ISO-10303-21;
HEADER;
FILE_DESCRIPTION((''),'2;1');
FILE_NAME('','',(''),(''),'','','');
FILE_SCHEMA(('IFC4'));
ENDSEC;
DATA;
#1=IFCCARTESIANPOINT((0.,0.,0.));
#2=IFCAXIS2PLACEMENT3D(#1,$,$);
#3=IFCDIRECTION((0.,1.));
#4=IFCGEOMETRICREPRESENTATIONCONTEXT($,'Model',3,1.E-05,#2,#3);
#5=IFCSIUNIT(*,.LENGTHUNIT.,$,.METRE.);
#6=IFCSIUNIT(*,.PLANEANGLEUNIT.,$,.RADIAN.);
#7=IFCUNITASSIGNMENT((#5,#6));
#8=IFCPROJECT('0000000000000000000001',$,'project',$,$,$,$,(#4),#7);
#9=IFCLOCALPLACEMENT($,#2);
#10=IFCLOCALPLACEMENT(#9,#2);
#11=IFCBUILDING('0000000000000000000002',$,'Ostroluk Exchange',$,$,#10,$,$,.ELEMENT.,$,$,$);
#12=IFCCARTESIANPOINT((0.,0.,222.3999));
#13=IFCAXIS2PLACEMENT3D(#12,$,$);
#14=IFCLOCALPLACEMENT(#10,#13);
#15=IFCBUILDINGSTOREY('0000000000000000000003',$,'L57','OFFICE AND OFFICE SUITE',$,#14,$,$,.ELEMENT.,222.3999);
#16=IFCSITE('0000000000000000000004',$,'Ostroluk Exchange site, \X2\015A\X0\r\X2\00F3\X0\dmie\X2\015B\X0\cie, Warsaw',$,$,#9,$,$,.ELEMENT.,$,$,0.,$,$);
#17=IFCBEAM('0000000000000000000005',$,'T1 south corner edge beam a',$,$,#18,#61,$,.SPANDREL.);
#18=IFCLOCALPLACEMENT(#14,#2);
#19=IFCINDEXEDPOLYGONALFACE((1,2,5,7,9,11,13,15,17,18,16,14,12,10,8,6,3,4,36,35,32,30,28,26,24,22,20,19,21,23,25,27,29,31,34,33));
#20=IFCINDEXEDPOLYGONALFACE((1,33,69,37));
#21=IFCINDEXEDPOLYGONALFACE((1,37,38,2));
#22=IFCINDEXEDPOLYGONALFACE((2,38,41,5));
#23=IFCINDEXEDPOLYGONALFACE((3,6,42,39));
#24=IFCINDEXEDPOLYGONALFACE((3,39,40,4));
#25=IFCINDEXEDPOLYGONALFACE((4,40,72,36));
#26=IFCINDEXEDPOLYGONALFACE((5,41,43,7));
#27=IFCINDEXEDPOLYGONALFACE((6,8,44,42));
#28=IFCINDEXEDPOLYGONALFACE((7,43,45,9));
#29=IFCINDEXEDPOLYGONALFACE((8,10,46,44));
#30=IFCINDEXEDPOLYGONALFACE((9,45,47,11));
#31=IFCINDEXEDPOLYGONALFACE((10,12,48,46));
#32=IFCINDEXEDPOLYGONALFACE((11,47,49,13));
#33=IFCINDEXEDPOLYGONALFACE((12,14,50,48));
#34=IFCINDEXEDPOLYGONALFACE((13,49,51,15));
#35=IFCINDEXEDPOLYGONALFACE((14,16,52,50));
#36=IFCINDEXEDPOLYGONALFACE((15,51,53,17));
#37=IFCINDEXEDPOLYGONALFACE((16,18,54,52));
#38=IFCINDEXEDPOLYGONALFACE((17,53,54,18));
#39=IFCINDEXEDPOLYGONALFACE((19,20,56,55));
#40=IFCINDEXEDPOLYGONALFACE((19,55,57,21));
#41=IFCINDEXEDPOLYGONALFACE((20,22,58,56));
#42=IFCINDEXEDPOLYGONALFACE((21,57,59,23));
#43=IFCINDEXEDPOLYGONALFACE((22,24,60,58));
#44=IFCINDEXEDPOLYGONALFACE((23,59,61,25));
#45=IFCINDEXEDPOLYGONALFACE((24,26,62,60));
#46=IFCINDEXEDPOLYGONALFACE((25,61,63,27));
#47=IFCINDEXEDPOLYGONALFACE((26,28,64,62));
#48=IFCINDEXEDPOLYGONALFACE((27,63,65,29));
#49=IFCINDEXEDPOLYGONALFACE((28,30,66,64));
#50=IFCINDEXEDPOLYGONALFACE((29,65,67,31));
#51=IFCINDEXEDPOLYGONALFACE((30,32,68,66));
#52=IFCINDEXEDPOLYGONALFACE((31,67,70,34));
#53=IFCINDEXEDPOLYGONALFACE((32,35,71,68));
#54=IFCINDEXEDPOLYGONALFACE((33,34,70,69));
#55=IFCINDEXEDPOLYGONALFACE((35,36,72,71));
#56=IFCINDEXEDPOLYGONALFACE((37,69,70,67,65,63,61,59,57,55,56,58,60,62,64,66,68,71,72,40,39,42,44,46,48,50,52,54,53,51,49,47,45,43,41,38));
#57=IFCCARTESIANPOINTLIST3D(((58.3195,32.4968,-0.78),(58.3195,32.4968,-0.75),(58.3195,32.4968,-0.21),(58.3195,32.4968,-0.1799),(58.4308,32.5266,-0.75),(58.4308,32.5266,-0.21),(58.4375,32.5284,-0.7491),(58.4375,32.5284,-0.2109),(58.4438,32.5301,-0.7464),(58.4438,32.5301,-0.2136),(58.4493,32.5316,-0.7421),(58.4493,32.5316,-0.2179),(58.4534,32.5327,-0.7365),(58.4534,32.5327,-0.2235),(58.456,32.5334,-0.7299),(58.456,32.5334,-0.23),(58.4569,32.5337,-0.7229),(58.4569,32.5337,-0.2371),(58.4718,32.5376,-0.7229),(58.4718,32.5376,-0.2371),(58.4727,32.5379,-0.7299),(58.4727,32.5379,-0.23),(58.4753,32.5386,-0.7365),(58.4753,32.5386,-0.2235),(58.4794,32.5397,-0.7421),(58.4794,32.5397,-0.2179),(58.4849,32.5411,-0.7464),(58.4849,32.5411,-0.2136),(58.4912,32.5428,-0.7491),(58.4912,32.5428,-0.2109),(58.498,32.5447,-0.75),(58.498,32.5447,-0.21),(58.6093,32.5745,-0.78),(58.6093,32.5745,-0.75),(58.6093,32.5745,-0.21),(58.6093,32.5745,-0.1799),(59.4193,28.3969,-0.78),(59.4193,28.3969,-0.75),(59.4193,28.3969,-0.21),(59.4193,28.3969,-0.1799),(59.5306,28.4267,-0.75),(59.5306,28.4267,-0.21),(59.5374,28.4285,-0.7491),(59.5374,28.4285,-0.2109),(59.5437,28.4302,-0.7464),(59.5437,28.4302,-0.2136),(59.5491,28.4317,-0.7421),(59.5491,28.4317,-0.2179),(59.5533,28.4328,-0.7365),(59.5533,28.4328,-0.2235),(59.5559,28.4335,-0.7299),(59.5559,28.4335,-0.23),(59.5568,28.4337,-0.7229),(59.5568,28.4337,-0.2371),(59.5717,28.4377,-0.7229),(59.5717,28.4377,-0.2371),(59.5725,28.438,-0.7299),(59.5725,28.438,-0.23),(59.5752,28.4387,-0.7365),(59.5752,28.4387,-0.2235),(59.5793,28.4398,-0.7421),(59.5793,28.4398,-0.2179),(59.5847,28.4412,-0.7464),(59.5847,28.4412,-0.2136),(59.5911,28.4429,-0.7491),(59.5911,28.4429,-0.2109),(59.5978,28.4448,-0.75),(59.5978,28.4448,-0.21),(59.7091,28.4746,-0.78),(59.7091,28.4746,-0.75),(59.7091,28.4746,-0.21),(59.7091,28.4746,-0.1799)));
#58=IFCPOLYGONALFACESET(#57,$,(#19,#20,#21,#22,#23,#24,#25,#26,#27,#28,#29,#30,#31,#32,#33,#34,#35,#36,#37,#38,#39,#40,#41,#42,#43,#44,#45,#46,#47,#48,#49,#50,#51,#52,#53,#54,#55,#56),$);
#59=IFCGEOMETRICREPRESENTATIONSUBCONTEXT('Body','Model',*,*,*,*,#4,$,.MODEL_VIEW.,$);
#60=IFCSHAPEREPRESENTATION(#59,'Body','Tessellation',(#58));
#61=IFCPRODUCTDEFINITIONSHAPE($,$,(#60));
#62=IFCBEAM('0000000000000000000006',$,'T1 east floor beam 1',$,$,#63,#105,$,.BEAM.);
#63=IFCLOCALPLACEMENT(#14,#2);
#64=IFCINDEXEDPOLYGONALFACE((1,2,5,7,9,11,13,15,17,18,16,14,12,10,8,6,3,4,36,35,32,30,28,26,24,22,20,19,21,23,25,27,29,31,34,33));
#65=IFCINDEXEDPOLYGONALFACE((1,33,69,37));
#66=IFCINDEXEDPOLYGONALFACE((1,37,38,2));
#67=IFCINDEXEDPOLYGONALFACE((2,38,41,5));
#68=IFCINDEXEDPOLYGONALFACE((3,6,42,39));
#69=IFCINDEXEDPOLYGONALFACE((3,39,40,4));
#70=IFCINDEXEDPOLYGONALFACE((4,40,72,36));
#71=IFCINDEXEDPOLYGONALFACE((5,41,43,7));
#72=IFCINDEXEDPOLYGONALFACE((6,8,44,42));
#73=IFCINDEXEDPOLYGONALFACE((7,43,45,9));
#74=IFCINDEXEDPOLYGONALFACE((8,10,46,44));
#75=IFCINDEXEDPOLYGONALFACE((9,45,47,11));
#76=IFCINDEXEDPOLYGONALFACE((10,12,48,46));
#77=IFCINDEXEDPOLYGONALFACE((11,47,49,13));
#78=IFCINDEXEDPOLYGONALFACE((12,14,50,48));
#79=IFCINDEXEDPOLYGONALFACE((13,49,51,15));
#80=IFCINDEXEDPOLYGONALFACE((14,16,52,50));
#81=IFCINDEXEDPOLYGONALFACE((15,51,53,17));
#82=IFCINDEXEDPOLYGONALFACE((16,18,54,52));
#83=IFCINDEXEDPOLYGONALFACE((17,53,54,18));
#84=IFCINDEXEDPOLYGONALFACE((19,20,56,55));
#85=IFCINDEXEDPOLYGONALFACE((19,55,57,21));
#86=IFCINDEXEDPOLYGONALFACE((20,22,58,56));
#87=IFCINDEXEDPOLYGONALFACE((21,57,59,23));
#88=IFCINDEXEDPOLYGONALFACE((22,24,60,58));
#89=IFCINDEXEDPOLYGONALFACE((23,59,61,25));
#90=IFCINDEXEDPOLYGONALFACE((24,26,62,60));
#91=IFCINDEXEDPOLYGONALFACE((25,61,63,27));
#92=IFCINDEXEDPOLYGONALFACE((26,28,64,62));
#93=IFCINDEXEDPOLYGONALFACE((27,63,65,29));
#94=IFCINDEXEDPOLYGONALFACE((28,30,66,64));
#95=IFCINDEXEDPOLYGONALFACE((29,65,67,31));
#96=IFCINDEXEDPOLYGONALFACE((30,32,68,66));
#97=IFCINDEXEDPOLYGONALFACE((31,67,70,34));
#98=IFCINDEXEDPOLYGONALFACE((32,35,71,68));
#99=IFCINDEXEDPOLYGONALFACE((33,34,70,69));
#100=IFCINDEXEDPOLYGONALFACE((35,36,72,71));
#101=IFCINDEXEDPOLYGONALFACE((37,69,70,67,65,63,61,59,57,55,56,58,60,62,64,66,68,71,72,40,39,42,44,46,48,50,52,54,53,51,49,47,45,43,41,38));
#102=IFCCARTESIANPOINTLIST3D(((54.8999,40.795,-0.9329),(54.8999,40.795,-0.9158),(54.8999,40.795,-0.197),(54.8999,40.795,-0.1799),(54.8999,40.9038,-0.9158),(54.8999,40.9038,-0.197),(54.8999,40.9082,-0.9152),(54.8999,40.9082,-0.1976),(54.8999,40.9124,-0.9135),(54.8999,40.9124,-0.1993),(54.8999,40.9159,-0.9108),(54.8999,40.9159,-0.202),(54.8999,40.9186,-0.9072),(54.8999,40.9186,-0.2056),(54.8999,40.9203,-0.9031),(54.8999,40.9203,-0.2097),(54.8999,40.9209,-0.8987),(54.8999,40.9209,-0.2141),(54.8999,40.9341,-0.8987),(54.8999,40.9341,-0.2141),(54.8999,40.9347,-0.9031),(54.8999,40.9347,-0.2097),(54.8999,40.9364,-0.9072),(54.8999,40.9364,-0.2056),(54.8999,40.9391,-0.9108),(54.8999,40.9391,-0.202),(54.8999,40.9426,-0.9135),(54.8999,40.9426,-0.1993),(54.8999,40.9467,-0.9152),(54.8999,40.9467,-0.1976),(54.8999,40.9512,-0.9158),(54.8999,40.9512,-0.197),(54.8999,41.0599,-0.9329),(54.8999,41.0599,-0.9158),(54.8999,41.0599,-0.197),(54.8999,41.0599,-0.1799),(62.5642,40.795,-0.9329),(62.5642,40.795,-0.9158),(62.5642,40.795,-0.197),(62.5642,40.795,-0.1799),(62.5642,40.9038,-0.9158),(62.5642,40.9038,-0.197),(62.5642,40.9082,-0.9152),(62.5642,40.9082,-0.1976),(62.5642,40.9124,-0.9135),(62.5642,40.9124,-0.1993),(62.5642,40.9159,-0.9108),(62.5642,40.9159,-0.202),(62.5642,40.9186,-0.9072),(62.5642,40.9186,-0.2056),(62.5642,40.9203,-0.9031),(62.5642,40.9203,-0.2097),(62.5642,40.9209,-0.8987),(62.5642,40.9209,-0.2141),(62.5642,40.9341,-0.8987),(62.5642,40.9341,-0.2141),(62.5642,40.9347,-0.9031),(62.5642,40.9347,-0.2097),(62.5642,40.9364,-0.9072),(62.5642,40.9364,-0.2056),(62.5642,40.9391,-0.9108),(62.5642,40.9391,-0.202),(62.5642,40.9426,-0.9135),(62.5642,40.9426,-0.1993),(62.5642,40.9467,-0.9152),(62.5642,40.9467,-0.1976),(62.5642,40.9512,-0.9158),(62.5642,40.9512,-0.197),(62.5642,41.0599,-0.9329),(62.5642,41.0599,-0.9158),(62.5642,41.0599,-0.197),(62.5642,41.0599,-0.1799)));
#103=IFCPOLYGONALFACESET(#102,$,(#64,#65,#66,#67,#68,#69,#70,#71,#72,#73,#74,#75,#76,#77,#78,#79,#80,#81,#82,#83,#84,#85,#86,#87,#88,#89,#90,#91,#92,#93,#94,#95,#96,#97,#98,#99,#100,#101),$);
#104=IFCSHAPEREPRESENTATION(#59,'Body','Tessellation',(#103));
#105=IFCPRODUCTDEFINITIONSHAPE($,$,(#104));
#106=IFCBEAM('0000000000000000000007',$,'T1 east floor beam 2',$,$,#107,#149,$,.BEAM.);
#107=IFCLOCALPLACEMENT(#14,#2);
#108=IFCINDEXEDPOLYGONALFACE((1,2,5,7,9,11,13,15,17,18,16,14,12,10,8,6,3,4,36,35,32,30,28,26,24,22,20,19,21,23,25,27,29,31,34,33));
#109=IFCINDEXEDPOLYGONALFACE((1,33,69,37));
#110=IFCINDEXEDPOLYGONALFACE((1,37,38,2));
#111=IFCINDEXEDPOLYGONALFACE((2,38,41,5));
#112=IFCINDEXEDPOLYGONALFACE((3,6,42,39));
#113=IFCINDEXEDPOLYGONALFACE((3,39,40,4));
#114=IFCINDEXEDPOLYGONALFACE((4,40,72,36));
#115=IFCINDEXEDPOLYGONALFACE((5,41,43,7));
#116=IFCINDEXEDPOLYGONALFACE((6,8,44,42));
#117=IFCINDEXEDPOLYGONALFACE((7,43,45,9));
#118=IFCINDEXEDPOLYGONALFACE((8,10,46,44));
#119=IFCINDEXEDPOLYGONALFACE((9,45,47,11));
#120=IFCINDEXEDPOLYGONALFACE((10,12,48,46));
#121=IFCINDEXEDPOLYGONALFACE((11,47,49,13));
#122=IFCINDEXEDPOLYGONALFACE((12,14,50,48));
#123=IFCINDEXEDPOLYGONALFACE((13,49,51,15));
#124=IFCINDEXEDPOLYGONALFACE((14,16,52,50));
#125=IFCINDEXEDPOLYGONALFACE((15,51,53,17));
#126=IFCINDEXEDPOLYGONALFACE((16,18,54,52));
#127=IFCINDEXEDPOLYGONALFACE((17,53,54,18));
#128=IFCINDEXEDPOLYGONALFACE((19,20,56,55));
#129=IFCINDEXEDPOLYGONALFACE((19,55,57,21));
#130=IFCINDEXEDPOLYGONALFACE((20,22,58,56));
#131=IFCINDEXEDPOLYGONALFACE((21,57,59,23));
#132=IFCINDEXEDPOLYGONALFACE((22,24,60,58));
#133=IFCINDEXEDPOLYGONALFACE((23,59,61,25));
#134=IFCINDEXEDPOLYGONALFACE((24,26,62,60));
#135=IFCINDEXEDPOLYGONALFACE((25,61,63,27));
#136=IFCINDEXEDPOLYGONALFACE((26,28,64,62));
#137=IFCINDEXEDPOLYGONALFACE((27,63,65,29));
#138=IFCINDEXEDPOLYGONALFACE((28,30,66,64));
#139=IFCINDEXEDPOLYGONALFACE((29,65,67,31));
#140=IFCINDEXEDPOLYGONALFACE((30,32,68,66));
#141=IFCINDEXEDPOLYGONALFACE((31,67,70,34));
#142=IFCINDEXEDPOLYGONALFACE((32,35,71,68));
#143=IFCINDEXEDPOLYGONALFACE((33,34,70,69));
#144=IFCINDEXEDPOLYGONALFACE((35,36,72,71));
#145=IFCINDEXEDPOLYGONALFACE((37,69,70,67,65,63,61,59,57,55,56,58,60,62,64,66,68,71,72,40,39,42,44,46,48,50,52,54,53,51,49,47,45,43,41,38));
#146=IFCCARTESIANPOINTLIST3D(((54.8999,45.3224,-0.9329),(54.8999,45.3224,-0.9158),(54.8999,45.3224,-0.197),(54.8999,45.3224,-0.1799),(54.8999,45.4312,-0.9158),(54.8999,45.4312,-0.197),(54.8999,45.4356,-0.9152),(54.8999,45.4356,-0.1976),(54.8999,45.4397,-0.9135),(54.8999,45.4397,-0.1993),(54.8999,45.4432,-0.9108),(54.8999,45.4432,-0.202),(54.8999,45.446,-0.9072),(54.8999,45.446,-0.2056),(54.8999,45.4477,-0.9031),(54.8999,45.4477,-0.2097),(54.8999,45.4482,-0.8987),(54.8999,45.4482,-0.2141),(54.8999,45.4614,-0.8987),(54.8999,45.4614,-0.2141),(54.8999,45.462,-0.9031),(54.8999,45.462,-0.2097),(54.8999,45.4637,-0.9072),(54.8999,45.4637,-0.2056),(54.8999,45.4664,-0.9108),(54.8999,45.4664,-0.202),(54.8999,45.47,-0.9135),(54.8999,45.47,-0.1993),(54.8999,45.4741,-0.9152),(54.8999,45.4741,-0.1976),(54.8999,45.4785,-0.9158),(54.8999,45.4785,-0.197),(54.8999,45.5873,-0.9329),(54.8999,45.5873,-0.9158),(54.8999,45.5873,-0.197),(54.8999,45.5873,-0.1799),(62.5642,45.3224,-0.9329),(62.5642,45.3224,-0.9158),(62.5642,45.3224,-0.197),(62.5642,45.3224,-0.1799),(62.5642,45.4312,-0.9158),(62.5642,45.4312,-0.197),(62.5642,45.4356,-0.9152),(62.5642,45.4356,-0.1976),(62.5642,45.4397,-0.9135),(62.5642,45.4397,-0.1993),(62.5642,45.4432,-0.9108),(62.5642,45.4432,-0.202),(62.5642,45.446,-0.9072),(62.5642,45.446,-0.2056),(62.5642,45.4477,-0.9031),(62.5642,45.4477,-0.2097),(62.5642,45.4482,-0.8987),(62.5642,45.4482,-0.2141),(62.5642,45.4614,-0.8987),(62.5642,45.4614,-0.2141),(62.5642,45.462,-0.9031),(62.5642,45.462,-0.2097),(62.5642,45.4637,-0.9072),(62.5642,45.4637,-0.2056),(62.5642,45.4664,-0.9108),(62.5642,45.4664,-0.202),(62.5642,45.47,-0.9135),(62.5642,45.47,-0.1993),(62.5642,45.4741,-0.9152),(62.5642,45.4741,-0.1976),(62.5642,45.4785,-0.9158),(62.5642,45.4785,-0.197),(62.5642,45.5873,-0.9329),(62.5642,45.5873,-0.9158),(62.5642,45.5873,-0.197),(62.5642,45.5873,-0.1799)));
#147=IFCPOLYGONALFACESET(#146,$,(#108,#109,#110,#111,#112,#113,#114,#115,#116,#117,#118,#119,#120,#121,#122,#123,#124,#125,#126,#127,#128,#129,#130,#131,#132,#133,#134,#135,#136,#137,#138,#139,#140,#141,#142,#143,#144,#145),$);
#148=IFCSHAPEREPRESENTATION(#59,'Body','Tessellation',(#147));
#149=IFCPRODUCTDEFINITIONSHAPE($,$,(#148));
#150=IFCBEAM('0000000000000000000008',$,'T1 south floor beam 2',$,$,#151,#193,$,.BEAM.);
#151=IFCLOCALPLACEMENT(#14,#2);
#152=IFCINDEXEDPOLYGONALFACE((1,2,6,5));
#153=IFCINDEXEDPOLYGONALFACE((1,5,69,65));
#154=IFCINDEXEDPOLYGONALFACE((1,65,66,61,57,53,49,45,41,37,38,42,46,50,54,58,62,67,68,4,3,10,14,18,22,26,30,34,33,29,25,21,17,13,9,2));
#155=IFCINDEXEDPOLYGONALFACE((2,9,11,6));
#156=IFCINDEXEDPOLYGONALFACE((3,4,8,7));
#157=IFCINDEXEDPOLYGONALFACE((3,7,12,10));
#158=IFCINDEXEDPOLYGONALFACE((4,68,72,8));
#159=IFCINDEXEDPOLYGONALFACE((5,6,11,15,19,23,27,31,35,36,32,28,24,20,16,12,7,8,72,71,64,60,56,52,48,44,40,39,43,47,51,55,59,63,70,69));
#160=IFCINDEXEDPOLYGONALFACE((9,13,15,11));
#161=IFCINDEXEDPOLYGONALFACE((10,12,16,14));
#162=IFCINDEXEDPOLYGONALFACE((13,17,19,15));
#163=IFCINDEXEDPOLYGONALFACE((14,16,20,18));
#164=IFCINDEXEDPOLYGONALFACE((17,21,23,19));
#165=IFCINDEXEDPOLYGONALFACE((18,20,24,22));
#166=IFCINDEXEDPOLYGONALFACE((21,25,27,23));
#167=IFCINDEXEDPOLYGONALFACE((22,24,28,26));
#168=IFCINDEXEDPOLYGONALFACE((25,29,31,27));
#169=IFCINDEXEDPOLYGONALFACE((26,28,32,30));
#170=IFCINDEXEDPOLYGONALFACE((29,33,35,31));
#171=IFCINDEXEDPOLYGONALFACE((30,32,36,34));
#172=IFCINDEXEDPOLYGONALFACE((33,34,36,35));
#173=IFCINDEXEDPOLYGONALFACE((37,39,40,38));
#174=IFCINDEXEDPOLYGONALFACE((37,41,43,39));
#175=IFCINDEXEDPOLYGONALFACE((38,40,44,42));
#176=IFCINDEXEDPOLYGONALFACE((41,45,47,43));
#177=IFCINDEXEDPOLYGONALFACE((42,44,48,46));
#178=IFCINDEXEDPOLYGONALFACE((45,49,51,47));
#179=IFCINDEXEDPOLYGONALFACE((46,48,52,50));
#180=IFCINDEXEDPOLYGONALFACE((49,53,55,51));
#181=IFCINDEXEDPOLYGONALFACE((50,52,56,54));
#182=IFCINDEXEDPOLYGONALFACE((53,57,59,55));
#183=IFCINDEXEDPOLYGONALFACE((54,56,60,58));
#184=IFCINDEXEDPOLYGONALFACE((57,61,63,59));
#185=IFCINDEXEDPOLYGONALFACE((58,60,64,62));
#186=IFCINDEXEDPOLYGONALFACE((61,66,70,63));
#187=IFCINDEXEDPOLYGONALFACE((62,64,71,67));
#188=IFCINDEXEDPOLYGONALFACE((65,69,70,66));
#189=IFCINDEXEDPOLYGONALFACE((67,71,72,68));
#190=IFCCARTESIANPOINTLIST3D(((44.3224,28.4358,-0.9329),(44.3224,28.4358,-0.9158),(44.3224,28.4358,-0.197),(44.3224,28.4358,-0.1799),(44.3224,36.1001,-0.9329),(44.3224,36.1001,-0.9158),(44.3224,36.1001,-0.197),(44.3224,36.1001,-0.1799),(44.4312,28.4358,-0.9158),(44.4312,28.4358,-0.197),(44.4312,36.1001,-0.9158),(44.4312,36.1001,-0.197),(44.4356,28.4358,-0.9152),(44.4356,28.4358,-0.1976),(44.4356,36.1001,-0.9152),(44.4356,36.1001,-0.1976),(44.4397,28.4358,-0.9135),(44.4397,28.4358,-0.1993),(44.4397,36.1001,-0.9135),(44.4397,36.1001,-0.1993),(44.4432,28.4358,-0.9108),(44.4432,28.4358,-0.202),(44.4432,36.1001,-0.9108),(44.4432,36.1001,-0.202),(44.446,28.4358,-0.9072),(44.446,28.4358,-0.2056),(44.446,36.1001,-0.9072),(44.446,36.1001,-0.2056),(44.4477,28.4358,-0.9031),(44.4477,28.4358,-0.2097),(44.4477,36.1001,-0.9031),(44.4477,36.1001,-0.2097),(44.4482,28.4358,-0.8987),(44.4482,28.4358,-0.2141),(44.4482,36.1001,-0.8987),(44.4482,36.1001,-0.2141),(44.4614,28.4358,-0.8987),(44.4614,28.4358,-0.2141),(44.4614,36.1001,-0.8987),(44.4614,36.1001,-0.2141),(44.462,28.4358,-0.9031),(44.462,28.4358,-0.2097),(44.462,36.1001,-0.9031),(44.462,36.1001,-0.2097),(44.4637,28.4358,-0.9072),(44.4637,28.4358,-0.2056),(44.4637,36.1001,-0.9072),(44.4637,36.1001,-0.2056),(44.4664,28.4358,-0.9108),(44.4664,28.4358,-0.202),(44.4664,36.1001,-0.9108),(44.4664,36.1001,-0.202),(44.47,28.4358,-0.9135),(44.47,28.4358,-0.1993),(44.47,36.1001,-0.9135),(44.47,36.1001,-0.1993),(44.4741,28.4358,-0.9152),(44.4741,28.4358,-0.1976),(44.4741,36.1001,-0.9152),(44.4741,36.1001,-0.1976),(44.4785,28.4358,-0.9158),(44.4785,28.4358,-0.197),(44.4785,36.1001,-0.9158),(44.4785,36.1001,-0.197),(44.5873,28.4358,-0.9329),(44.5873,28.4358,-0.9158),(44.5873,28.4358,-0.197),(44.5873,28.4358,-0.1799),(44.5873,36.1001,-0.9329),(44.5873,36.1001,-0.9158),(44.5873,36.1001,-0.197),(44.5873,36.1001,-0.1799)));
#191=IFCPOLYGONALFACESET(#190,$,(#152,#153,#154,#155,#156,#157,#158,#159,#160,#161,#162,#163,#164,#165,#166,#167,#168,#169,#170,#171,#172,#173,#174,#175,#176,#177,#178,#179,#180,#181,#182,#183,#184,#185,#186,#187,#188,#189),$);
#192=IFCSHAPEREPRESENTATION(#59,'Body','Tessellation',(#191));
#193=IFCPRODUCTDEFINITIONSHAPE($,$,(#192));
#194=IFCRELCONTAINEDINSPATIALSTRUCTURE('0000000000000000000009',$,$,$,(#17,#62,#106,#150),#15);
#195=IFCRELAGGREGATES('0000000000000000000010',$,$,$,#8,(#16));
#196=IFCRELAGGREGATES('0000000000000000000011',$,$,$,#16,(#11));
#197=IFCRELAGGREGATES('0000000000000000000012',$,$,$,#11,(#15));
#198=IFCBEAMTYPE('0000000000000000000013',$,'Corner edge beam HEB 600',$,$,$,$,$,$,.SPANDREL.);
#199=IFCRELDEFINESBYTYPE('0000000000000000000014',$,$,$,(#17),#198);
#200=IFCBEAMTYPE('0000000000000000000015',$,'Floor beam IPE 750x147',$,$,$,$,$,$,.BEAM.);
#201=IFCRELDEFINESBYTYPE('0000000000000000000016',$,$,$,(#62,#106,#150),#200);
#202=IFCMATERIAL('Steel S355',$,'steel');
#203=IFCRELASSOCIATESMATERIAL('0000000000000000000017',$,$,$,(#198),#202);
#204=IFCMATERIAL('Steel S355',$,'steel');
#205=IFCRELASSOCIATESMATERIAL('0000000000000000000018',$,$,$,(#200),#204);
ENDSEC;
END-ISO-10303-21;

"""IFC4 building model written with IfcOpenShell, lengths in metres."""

from ifc_helpers import new_model, si_unit, direction, frame, origin, origin_2d, place, context, subcontext, project, spatial, i_section, extrude, material, material_profile, profile_set, type_object, element, save


model = new_model("IFC4")

# Units and contexts
model_context = context("Model", 3, precision=1e-05, world=origin(), true_north=direction((0.0, 1.0)))
body_context = subcontext(model_context, "Body", "Model", "MODEL_VIEW")
ifc_project = project(units=[si_unit("LENGTHUNIT", "METRE"), si_unit("PLANEANGLEUNIT", "RADIAN")], contexts=[model_context])

# Site, building, storey
site_placement = place(None, origin())
site = spatial("IfcSite", under=ifc_project, at=site_placement, Name="Ostroluk Exchange site, Śródmieście, Warsaw", CompositionType="ELEMENT", RefElevation=0.0)
building_placement = place(site_placement, origin())
building = spatial("IfcBuilding", under=site, at=building_placement, Name="Ostroluk Exchange", CompositionType="ELEMENT")
storey_placement = place(building_placement, frame((0.0, 0.0, 222.3999)))
storey = spatial("IfcBuildingStorey", under=building, at=storey_placement, Name="L57", Description="OFFICE AND OFFICE SUITE", CompositionType="ELEMENT", Elevation=222.3999)

# Beams
ifc_material_1 = material(Name="Steel S355", Category="steel")
ifc_material_profile_1 = material_profile(ifc_material_1, i_section(OverallWidth=0.3, OverallDepth=0.6001, WebThickness=0.0154, FlangeThickness=0.03, FilletRadius=0.0271, at=origin_2d()), Name="HEB 600")
ifc_profile_set_1 = profile_set([ifc_material_profile_1], Name="Steel S355")
beam_type_1 = type_object("IfcBeamType", Name="Corner edge beam HEB 600", PredefinedType="SPANDREL", material=ifc_profile_set_1)
beam_1_placement = place(storey_placement, frame((58.4644, 32.5356, -0.48), z_axis=(0.259105, -0.965849, 0.0), x_axis=(0.965849, 0.259105, 0.0)))
element("IfcBeam", 1, at=beam_1_placement, inside=storey, type_object=beam_type_1, Name="T1 south corner edge beam a", PredefinedType="SPANDREL", context=body_context, shape_type="SweptSolid", body=[
    extrude(i_section(OverallWidth=0.3, OverallDepth=0.6001, WebThickness=0.0154, FlangeThickness=0.03, FilletRadius=0.0271, at=origin_2d()), origin(), (0.0, 0.0, 1.0), 4.2449),
])
ifc_material_2 = material(Name="Steel S355", Category="steel")
ifc_material_profile_2 = material_profile(ifc_material_2, i_section(OverallWidth=0.2649, OverallDepth=0.7529, WebThickness=0.0132, FlangeThickness=0.0171, FilletRadius=0.0171, at=origin_2d()), Name="IPE 750x147")
ifc_profile_set_2 = profile_set([ifc_material_profile_2], Name="Steel S355")
beam_type_2 = type_object("IfcBeamType", Name="Floor beam IPE 750x147", PredefinedType="BEAM", material=ifc_profile_set_2)
for number, where, z_axis, x_axis, name in (
    (2, (54.8999, 40.9275, -0.5564), (1.0, 0.0, 0.0), (0.0, 1.0, 0.0), "T1 east floor beam 1"),
    (3, (54.8999, 45.4548, -0.5564), (1.0, 0.0, 0.0), (0.0, 1.0, 0.0), "T1 east floor beam 2"),
    (4, (44.4548, 36.1001, -0.5564), (0.0, -1.0, 0.0), (1.0, 0.0, 0.0), "T1 south floor beam 2"),
):
    element("IfcBeam", number, at=place(storey_placement, frame(where, z_axis=z_axis, x_axis=x_axis)), inside=storey, type_object=beam_type_2, Name=name, PredefinedType="BEAM", context=body_context, shape_type="SweptSolid", body=[
        extrude(i_section(OverallWidth=0.2649, OverallDepth=0.7529, WebThickness=0.0132, FlangeThickness=0.0171, FilletRadius=0.0171, at=origin_2d()), origin(), (0.0, 0.0, 1.0), 7.6643),
    ])

save(model, "model.ifc")
